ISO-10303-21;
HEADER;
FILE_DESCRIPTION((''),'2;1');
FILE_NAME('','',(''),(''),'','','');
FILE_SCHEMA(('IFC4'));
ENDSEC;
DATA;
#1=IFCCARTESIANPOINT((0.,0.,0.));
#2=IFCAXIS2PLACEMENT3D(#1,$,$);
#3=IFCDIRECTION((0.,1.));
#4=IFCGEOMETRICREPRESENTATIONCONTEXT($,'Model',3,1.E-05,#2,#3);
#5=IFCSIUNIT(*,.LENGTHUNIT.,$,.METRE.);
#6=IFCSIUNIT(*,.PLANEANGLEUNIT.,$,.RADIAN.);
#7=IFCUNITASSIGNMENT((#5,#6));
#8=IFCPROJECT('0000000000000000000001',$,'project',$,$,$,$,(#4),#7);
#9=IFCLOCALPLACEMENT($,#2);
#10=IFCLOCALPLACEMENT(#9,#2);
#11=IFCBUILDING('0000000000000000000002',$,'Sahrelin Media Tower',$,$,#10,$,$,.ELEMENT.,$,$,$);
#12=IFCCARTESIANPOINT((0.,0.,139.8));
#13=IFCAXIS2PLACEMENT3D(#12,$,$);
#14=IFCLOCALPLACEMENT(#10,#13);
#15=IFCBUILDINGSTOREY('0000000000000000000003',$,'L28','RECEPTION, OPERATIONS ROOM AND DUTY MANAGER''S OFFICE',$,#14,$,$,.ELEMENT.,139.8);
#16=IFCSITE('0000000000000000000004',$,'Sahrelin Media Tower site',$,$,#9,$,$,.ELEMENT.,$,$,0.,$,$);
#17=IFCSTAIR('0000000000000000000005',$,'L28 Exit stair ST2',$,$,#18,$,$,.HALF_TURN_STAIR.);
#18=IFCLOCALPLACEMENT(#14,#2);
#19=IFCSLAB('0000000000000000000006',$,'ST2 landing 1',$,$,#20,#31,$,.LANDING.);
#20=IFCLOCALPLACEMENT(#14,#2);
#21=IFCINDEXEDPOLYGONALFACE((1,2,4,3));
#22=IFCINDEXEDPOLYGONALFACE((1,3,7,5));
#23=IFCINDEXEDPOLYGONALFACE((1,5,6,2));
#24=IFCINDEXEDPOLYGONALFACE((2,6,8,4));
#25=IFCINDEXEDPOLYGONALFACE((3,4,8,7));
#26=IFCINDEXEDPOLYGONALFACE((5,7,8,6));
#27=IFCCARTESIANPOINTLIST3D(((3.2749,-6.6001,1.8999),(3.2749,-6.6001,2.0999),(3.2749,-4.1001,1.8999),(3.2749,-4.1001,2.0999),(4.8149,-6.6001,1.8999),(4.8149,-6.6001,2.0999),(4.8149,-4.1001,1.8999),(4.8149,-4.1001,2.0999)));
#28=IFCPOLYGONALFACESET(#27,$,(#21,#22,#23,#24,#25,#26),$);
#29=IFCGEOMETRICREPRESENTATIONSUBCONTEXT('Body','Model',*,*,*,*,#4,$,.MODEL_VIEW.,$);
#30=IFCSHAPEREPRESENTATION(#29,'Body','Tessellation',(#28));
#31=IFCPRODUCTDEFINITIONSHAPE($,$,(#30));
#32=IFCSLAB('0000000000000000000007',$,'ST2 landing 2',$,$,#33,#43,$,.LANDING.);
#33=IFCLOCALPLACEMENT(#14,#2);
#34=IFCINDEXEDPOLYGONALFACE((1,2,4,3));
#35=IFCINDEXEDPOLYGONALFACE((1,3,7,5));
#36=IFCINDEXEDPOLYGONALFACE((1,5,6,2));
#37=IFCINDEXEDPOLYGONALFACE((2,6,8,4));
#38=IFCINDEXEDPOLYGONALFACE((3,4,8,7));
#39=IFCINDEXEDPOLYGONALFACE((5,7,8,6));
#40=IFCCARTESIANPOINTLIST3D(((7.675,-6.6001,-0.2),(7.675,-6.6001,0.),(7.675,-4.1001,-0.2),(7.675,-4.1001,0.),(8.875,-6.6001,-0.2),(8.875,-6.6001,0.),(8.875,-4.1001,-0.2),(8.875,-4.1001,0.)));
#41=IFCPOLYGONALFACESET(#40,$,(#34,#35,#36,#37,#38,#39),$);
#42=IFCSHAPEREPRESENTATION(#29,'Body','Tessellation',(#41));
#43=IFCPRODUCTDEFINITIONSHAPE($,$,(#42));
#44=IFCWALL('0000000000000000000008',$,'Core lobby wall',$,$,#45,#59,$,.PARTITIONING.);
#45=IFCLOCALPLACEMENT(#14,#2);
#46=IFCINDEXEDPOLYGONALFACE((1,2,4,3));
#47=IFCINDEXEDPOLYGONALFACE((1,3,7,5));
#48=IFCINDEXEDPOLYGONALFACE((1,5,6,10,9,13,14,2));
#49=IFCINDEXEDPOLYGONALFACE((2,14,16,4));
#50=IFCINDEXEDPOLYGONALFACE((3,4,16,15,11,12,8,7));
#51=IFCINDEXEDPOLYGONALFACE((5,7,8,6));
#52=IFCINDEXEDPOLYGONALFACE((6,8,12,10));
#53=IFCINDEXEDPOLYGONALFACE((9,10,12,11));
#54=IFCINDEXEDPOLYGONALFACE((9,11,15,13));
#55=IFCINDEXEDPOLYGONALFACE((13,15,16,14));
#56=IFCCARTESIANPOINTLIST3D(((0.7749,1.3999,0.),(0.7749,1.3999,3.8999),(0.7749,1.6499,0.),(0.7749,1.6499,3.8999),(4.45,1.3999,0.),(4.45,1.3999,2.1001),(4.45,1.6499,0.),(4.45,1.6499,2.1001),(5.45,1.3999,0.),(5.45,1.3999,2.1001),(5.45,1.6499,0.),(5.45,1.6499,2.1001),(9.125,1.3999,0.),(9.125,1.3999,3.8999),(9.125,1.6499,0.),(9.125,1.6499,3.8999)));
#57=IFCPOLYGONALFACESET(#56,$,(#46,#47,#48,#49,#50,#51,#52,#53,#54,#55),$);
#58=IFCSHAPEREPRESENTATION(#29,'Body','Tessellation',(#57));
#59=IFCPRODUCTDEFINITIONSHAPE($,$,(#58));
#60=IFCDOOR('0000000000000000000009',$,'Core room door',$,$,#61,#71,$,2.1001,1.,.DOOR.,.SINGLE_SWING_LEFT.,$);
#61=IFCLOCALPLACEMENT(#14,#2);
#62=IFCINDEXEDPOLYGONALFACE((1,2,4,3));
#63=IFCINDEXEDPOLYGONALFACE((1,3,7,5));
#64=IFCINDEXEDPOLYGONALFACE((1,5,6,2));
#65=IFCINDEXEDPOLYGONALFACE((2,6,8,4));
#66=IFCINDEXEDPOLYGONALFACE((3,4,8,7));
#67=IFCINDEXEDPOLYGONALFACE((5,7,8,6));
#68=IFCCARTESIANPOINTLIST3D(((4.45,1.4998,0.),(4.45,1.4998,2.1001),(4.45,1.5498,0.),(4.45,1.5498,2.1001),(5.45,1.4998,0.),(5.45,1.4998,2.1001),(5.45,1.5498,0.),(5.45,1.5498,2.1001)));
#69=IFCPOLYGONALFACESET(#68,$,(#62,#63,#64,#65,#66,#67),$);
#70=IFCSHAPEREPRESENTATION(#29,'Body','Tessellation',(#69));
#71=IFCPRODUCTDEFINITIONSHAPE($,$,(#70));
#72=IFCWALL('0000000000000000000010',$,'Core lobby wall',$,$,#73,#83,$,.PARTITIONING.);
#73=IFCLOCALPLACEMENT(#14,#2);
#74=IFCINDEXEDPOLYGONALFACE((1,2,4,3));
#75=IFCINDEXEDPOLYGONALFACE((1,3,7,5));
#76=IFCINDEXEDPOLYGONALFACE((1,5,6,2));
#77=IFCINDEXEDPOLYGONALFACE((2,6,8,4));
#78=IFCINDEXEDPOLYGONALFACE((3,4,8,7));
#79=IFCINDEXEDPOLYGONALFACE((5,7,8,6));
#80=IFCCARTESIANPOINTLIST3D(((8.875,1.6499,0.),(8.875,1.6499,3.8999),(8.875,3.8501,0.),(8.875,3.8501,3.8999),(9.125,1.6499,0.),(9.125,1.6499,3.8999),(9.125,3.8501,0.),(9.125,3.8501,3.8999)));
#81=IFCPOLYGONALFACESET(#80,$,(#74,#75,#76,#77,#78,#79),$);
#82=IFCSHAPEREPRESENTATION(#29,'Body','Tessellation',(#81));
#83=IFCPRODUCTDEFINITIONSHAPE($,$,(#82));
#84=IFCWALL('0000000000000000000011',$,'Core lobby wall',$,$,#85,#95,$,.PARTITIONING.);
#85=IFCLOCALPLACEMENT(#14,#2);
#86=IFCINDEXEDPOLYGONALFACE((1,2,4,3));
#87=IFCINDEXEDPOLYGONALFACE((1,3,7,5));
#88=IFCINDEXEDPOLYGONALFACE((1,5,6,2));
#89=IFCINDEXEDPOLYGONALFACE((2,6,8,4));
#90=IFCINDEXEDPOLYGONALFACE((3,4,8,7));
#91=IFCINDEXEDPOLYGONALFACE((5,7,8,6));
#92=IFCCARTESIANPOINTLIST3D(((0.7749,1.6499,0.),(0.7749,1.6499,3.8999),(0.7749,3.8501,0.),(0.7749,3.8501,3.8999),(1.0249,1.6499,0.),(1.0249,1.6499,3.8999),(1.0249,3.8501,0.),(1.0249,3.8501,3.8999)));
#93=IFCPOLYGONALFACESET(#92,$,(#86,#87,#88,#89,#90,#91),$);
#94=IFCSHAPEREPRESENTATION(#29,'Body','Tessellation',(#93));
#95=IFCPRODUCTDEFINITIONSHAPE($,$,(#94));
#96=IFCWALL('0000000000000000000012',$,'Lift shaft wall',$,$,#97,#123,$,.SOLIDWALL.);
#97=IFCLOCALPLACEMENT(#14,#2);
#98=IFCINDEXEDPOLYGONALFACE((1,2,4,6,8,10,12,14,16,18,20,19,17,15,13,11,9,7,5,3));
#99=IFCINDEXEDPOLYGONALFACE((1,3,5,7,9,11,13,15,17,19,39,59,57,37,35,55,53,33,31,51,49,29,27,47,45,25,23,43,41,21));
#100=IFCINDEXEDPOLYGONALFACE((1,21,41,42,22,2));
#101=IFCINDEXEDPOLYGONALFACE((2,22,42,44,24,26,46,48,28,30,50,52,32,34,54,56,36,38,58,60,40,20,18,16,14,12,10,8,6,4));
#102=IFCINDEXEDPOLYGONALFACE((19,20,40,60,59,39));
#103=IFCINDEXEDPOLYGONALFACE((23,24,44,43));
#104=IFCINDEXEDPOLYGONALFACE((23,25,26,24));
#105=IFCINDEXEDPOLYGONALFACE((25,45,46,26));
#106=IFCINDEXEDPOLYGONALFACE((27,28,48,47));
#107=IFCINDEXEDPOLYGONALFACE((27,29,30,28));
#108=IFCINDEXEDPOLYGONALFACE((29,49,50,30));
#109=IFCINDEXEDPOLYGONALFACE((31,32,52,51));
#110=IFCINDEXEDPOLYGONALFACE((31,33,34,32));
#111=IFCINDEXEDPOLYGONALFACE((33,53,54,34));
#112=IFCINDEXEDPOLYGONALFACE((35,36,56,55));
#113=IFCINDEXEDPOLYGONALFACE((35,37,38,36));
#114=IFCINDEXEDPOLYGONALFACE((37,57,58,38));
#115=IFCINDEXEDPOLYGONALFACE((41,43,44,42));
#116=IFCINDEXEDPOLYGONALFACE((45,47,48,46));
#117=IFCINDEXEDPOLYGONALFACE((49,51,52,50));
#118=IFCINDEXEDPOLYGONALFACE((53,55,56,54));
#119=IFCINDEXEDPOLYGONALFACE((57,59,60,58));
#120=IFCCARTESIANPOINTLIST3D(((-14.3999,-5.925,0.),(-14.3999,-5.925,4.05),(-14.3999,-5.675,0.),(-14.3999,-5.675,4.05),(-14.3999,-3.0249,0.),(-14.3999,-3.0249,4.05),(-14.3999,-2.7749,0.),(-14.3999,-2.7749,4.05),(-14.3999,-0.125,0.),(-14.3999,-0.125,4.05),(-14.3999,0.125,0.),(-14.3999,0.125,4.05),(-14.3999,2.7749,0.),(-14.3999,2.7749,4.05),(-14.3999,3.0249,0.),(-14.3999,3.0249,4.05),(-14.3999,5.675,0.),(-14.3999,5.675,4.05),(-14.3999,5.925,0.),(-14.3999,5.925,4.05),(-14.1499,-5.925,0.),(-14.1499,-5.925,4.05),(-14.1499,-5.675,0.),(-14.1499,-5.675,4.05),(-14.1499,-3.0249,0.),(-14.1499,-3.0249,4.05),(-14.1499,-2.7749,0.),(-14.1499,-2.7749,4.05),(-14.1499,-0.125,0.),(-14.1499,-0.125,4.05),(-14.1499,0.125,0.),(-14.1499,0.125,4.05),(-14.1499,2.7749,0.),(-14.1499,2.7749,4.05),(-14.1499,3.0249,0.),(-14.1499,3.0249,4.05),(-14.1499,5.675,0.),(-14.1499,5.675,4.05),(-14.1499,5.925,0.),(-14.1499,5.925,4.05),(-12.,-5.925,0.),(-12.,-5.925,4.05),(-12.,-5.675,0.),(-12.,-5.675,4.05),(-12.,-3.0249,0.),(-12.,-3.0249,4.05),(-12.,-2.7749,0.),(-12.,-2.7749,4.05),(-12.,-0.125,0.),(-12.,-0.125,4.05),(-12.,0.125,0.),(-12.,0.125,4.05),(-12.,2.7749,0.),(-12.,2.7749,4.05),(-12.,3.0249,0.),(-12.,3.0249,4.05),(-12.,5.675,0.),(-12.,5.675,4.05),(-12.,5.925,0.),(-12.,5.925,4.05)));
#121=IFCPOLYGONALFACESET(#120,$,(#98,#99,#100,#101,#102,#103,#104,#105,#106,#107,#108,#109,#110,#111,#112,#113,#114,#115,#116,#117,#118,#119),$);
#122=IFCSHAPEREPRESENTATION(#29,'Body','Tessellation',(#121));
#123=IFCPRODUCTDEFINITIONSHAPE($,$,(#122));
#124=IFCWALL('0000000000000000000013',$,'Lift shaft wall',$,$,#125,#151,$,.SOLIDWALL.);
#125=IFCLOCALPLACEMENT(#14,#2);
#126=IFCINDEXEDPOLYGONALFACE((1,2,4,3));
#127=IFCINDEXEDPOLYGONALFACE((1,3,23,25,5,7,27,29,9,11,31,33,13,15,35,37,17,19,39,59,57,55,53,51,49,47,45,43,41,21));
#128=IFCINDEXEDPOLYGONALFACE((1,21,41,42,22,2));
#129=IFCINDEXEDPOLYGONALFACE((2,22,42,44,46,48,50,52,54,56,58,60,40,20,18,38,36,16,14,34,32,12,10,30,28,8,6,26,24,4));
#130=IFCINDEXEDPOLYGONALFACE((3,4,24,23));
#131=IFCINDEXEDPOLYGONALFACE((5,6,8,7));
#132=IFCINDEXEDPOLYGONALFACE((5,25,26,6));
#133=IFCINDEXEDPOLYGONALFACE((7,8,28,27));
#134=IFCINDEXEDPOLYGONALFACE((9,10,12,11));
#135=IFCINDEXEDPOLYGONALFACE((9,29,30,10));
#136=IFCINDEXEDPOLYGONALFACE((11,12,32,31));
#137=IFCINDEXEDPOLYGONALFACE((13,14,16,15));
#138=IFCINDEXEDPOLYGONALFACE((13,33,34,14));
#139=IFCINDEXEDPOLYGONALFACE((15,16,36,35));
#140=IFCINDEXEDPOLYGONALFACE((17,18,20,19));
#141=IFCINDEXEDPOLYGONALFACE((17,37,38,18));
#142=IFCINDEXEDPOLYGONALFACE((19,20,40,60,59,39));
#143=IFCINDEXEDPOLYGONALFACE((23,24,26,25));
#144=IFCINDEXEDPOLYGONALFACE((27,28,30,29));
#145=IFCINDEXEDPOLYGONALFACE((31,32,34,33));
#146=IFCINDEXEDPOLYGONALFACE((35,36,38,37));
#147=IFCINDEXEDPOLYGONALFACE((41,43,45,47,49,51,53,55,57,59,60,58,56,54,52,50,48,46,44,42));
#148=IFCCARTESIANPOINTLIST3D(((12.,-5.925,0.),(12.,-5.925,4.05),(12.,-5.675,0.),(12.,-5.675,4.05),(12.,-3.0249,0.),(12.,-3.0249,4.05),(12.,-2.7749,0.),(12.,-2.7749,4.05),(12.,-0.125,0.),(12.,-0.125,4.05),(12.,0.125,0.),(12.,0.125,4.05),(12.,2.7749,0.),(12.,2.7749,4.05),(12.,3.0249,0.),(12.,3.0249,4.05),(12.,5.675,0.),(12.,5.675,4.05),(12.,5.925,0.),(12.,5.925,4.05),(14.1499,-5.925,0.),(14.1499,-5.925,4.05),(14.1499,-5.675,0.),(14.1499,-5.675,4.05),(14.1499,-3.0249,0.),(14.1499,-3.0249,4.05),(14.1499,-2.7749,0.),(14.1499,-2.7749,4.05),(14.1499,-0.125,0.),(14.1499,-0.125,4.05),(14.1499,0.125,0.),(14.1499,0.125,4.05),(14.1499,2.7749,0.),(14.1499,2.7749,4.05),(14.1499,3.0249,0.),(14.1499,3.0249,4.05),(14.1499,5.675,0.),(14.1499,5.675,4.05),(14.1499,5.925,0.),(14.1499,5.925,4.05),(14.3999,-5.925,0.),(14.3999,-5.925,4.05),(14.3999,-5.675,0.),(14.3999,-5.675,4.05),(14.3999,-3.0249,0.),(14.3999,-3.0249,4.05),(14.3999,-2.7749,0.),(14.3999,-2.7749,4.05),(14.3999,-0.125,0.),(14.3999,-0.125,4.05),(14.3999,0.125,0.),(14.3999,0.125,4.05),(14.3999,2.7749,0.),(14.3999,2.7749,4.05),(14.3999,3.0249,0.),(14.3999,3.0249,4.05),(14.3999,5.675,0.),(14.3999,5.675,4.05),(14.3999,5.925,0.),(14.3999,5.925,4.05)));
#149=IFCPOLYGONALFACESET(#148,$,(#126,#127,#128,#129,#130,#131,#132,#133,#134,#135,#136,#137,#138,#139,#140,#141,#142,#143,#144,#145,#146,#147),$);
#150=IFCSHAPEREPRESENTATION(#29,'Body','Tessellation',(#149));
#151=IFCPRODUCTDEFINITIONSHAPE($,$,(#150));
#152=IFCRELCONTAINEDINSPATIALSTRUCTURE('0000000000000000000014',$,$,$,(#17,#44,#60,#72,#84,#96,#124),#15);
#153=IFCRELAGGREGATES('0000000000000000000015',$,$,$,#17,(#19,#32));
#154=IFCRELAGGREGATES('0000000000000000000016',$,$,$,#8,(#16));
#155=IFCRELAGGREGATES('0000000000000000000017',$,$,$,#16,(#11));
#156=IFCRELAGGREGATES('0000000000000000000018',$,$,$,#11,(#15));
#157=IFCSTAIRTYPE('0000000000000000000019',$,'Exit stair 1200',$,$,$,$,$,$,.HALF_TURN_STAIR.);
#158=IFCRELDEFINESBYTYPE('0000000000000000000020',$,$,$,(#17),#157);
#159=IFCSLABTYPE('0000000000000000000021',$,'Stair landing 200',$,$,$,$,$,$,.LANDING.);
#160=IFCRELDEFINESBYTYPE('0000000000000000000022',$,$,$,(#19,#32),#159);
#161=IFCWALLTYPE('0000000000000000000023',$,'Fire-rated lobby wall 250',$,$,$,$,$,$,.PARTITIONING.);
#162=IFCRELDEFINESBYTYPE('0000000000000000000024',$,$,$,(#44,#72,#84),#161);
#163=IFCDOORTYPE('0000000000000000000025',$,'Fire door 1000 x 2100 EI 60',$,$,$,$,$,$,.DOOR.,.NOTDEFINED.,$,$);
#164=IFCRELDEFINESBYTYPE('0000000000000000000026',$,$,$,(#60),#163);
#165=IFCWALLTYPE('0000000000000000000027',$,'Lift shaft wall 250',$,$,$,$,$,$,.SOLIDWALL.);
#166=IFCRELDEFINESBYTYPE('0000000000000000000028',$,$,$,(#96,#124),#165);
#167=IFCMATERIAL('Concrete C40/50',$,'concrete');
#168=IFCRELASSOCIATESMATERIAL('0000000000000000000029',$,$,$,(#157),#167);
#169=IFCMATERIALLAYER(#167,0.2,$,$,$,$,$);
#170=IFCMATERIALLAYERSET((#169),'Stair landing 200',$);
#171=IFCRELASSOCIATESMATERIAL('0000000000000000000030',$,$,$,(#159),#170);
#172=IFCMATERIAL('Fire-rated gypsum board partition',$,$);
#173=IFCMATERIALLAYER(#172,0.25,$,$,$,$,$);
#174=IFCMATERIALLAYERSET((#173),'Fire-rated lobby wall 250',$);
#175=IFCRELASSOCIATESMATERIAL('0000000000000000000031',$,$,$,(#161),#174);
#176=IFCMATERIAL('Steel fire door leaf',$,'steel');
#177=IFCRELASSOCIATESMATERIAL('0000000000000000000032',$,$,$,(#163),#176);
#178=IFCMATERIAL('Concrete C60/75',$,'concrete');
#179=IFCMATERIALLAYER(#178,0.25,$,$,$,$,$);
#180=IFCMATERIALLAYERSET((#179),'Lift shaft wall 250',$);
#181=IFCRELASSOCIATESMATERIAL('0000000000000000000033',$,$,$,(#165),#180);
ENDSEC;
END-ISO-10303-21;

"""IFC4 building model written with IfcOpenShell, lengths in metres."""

from ifc_helpers import new_model, si_unit, direction, frame, frame_2d, origin, place, context, subcontext, project, spatial, polyline, rectangle, outline, extrude, material, layer, layer_set, type_object, element, fill, aggregate, save


model = new_model("IFC4")

# Units and contexts
model_context = context("Model", 3, precision=1e-05, world=origin(), true_north=direction((0.0, 1.0)))
body_context = subcontext(model_context, "Body", "Model", "MODEL_VIEW")
ifc_project = project(units=[si_unit("LENGTHUNIT", "METRE"), si_unit("PLANEANGLEUNIT", "RADIAN")], contexts=[model_context])

# Site, building, storey
site_placement = place(None, origin())
site = spatial("IfcSite", under=ifc_project, at=site_placement, Name="Sahrelin Media Tower site", CompositionType="ELEMENT", RefElevation=0.0)
building_placement = place(site_placement, origin())
building = spatial("IfcBuilding", under=site, at=building_placement, Name="Sahrelin Media Tower", CompositionType="ELEMENT")
storey_placement = place(building_placement, frame((0.0, 0.0, 139.8)))
storey = spatial("IfcBuildingStorey", under=building, at=storey_placement, Name="L28", Description="RECEPTION, OPERATIONS ROOM AND DUTY MANAGER'S OFFICE", CompositionType="ELEMENT", Elevation=139.8)

# Shared definitions
ifc_material_1 = material(Name="Concrete C40/50", Category="concrete")

# Shared definitions
stair_type = type_object("IfcStairType", Name="Exit stair 1200", PredefinedType="HALF_TURN_STAIR", material=ifc_material_1)
placement_1 = place(storey_placement, origin())
ifc_layer_1 = layer(ifc_material_1, 0.2)
ifc_layer_set_1 = layer_set([ifc_layer_1], Name="Stair landing 200")
slab_type_1 = type_object("IfcSlabType", Name="Stair landing 200", PredefinedType="LANDING", material=ifc_layer_set_1)
placement_2 = place(storey_placement, frame((0.0, 0.0, -0.2)))

# Stair, slabs
stair_1 = element("IfcStair", 1, at=placement_1, inside=storey, type_object=stair_type, Name="L28 Exit stair ST2", PredefinedType="HALF_TURN_STAIR")
slab_1_placement = place(storey_placement, frame((0.0, 0.0, 1.8999)))
slab_1 = element("IfcSlab", 2, at=slab_1_placement, type_object=slab_type_1, Name="ST2 landing 1", PredefinedType="LANDING", context=body_context, shape_type="SweptSolid", body=[
    extrude(outline(polyline([(4.8149, -4.1001), (3.2749, -4.1001), (3.2749, -6.6001), (4.8149, -6.6001), (4.8149, -4.1001)])), origin(), (0.0, 0.0, 1.0), 0.2),
])
slab_2 = element("IfcSlab", 3, at=placement_2, type_object=slab_type_1, Name="ST2 landing 2", PredefinedType="LANDING", context=body_context, shape_type="SweptSolid", body=[
    extrude(outline(polyline([(8.875, -4.1001), (7.675, -4.1001), (7.675, -6.6001), (8.875, -6.6001), (8.875, -4.1001)])), origin(), (0.0, 0.0, 1.0), 0.2),
])
aggregate(stair_1, [slab_1, slab_2])

# Wall, opening, door
ifc_material_2 = material(Name="Fire-rated gypsum board partition")
ifc_layer_2 = layer(ifc_material_2, 0.25)
ifc_layer_set_2 = layer_set([ifc_layer_2], Name="Fire-rated lobby wall 250")
wall_type_1 = type_object("IfcWallType", Name="Fire-rated lobby wall 250", PredefinedType="PARTITIONING", material=ifc_layer_set_2)
wall_1_placement = place(storey_placement, frame((0.7749, 1.5249, 0.0), z_axis=(0.0, 0.0, 1.0), x_axis=(1.0, 0.0, 0.0)))
wall_1 = element("IfcWall", 4, at=wall_1_placement, inside=storey, type_object=wall_type_1, Name="Core lobby wall", PredefinedType="PARTITIONING", context=body_context, shape_type="SweptSolid", body=[
    extrude(rectangle(XDim=8.3501, YDim=0.25, at=frame_2d((4.175, 0.0))), origin(), (0.0, 0.0, 1.0), 3.8999),
])
opening_1_placement = place(wall_1_placement, frame((3.675, 0.0, 0.0)))
opening_1 = element("IfcOpeningElement", 5, at=opening_1_placement, cuts=wall_1, PredefinedType="OPENING", context=body_context, shape_type="SweptSolid", body=[
    extrude(rectangle(XDim=1.0, YDim=2.1001, at=frame_2d((0.5, 1.05))), frame((0.0, 0.125, 0.0), z_axis=(0.0, -1.0, 0.0), x_axis=(1.0, 0.0, 0.0)), (0.0, 0.0, 1.0), 0.25),
])
ifc_material_3 = material(Name="Steel fire door leaf", Category="steel")
door_type_1 = type_object("IfcDoorType", Name="Fire door 1000 x 2100 EI 60", OperationType="NOTDEFINED", PredefinedType="DOOR", material=ifc_material_3)
door_1_placement = place(opening_1_placement, origin())
door_1 = element("IfcDoor", 6, at=door_1_placement, inside=storey, type_object=door_type_1, Name="Core room door", OperationType="SINGLE_SWING_LEFT", OverallHeight=2.1001, OverallWidth=1.0, PredefinedType="DOOR", context=body_context, shape_type="SweptSolid", body=[
    extrude(rectangle(XDim=1.0, YDim=2.1001, at=frame_2d((0.5, 1.05))), frame((0.0, 0.0249, 0.0), z_axis=(0.0, -1.0, 0.0), x_axis=(1.0, 0.0, 0.0)), (0.0, 0.0, 1.0), 0.05),
])
fill(opening_1, door_1)

# Walls
for number, where, z_axis, x_axis, name in (
    (7, (9.0, 1.6499, 0.0), (0.0, 0.0, 1.0), (0.0, 1.0, 0.0), "Core lobby wall"),
    (8, (0.8999, 1.6499, 0.0), (0.0, 0.0, 1.0), (0.0, 1.0, 0.0), "Core lobby wall"),
):
    element("IfcWall", number, at=place(storey_placement, frame(where, z_axis=z_axis, x_axis=x_axis)), inside=storey, type_object=wall_type_1, Name=name, PredefinedType="PARTITIONING", context=body_context, shape_type="SweptSolid", body=[
        extrude(rectangle(XDim=2.2002, YDim=0.25, at=frame_2d((1.1001, 0.0))), origin(), (0.0, 0.0, 1.0), 3.8999),
    ])
ifc_material_4 = material(Name="Concrete C60/75", Category="concrete")
ifc_layer_3 = layer(ifc_material_4, 0.25)
ifc_layer_set_3 = layer_set([ifc_layer_3], Name="Lift shaft wall 250")
wall_type_2 = type_object("IfcWallType", Name="Lift shaft wall 250", PredefinedType="SOLIDWALL", material=ifc_layer_set_3)
element("IfcWall", 9, at=placement_1, inside=storey, type_object=wall_type_2, Name="Lift shaft wall", PredefinedType="SOLIDWALL", context=body_context, shape_type="SweptSolid", body=[
    extrude(outline(polyline([(-12.0, -5.925), (-12.0, -5.675), (-14.1499, -5.675), (-14.1499, -3.0249), (-12.0, -3.0249), (-12.0, -2.7749), (-14.1499, -2.7749), (-14.1499, -0.125), (-12.0, -0.125), (-12.0, 0.125), (-14.1499, 0.125), (-14.1499, 2.7749), (-12.0, 2.7749), (-12.0, 3.0249), (-14.1499, 3.0249), (-14.1499, 5.675), (-12.0, 5.675), (-12.0, 5.925), (-14.1499, 5.925), (-14.3999, 5.925), (-14.3999, 5.675), (-14.3999, 3.0249), (-14.3999, 2.7749), (-14.3999, 0.125), (-14.3999, -0.125), (-14.3999, -2.7749), (-14.3999, -3.0249), (-14.3999, -5.675), (-14.3999, -5.925), (-14.1499, -5.925), (-12.0, -5.925)])), origin(), (0.0, 0.0, 1.0), 4.05),
])
element("IfcWall", 10, at=placement_1, inside=storey, type_object=wall_type_2, Name="Lift shaft wall", PredefinedType="SOLIDWALL", context=body_context, shape_type="SweptSolid", body=[
    extrude(outline(polyline([(12.0, -5.675), (12.0, -5.925), (14.1499, -5.925), (14.3999, -5.925), (14.3999, -5.675), (14.3999, -3.0249), (14.3999, -2.7749), (14.3999, -0.125), (14.3999, 0.125), (14.3999, 2.7749), (14.3999, 3.0249), (14.3999, 5.675), (14.3999, 5.925), (14.1499, 5.925), (12.0, 5.925), (12.0, 5.675), (14.1499, 5.675), (14.1499, 3.0249), (12.0, 3.0249), (12.0, 2.7749), (14.1499, 2.7749), (14.1499, 0.125), (12.0, 0.125), (12.0, -0.125), (14.1499, -0.125), (14.1499, -2.7749), (12.0, -2.7749), (12.0, -3.0249), (14.1499, -3.0249), (14.1499, -5.675), (12.0, -5.675)])), origin(), (0.0, 0.0, 1.0), 4.05),
])

save(model, "model.ifc")
